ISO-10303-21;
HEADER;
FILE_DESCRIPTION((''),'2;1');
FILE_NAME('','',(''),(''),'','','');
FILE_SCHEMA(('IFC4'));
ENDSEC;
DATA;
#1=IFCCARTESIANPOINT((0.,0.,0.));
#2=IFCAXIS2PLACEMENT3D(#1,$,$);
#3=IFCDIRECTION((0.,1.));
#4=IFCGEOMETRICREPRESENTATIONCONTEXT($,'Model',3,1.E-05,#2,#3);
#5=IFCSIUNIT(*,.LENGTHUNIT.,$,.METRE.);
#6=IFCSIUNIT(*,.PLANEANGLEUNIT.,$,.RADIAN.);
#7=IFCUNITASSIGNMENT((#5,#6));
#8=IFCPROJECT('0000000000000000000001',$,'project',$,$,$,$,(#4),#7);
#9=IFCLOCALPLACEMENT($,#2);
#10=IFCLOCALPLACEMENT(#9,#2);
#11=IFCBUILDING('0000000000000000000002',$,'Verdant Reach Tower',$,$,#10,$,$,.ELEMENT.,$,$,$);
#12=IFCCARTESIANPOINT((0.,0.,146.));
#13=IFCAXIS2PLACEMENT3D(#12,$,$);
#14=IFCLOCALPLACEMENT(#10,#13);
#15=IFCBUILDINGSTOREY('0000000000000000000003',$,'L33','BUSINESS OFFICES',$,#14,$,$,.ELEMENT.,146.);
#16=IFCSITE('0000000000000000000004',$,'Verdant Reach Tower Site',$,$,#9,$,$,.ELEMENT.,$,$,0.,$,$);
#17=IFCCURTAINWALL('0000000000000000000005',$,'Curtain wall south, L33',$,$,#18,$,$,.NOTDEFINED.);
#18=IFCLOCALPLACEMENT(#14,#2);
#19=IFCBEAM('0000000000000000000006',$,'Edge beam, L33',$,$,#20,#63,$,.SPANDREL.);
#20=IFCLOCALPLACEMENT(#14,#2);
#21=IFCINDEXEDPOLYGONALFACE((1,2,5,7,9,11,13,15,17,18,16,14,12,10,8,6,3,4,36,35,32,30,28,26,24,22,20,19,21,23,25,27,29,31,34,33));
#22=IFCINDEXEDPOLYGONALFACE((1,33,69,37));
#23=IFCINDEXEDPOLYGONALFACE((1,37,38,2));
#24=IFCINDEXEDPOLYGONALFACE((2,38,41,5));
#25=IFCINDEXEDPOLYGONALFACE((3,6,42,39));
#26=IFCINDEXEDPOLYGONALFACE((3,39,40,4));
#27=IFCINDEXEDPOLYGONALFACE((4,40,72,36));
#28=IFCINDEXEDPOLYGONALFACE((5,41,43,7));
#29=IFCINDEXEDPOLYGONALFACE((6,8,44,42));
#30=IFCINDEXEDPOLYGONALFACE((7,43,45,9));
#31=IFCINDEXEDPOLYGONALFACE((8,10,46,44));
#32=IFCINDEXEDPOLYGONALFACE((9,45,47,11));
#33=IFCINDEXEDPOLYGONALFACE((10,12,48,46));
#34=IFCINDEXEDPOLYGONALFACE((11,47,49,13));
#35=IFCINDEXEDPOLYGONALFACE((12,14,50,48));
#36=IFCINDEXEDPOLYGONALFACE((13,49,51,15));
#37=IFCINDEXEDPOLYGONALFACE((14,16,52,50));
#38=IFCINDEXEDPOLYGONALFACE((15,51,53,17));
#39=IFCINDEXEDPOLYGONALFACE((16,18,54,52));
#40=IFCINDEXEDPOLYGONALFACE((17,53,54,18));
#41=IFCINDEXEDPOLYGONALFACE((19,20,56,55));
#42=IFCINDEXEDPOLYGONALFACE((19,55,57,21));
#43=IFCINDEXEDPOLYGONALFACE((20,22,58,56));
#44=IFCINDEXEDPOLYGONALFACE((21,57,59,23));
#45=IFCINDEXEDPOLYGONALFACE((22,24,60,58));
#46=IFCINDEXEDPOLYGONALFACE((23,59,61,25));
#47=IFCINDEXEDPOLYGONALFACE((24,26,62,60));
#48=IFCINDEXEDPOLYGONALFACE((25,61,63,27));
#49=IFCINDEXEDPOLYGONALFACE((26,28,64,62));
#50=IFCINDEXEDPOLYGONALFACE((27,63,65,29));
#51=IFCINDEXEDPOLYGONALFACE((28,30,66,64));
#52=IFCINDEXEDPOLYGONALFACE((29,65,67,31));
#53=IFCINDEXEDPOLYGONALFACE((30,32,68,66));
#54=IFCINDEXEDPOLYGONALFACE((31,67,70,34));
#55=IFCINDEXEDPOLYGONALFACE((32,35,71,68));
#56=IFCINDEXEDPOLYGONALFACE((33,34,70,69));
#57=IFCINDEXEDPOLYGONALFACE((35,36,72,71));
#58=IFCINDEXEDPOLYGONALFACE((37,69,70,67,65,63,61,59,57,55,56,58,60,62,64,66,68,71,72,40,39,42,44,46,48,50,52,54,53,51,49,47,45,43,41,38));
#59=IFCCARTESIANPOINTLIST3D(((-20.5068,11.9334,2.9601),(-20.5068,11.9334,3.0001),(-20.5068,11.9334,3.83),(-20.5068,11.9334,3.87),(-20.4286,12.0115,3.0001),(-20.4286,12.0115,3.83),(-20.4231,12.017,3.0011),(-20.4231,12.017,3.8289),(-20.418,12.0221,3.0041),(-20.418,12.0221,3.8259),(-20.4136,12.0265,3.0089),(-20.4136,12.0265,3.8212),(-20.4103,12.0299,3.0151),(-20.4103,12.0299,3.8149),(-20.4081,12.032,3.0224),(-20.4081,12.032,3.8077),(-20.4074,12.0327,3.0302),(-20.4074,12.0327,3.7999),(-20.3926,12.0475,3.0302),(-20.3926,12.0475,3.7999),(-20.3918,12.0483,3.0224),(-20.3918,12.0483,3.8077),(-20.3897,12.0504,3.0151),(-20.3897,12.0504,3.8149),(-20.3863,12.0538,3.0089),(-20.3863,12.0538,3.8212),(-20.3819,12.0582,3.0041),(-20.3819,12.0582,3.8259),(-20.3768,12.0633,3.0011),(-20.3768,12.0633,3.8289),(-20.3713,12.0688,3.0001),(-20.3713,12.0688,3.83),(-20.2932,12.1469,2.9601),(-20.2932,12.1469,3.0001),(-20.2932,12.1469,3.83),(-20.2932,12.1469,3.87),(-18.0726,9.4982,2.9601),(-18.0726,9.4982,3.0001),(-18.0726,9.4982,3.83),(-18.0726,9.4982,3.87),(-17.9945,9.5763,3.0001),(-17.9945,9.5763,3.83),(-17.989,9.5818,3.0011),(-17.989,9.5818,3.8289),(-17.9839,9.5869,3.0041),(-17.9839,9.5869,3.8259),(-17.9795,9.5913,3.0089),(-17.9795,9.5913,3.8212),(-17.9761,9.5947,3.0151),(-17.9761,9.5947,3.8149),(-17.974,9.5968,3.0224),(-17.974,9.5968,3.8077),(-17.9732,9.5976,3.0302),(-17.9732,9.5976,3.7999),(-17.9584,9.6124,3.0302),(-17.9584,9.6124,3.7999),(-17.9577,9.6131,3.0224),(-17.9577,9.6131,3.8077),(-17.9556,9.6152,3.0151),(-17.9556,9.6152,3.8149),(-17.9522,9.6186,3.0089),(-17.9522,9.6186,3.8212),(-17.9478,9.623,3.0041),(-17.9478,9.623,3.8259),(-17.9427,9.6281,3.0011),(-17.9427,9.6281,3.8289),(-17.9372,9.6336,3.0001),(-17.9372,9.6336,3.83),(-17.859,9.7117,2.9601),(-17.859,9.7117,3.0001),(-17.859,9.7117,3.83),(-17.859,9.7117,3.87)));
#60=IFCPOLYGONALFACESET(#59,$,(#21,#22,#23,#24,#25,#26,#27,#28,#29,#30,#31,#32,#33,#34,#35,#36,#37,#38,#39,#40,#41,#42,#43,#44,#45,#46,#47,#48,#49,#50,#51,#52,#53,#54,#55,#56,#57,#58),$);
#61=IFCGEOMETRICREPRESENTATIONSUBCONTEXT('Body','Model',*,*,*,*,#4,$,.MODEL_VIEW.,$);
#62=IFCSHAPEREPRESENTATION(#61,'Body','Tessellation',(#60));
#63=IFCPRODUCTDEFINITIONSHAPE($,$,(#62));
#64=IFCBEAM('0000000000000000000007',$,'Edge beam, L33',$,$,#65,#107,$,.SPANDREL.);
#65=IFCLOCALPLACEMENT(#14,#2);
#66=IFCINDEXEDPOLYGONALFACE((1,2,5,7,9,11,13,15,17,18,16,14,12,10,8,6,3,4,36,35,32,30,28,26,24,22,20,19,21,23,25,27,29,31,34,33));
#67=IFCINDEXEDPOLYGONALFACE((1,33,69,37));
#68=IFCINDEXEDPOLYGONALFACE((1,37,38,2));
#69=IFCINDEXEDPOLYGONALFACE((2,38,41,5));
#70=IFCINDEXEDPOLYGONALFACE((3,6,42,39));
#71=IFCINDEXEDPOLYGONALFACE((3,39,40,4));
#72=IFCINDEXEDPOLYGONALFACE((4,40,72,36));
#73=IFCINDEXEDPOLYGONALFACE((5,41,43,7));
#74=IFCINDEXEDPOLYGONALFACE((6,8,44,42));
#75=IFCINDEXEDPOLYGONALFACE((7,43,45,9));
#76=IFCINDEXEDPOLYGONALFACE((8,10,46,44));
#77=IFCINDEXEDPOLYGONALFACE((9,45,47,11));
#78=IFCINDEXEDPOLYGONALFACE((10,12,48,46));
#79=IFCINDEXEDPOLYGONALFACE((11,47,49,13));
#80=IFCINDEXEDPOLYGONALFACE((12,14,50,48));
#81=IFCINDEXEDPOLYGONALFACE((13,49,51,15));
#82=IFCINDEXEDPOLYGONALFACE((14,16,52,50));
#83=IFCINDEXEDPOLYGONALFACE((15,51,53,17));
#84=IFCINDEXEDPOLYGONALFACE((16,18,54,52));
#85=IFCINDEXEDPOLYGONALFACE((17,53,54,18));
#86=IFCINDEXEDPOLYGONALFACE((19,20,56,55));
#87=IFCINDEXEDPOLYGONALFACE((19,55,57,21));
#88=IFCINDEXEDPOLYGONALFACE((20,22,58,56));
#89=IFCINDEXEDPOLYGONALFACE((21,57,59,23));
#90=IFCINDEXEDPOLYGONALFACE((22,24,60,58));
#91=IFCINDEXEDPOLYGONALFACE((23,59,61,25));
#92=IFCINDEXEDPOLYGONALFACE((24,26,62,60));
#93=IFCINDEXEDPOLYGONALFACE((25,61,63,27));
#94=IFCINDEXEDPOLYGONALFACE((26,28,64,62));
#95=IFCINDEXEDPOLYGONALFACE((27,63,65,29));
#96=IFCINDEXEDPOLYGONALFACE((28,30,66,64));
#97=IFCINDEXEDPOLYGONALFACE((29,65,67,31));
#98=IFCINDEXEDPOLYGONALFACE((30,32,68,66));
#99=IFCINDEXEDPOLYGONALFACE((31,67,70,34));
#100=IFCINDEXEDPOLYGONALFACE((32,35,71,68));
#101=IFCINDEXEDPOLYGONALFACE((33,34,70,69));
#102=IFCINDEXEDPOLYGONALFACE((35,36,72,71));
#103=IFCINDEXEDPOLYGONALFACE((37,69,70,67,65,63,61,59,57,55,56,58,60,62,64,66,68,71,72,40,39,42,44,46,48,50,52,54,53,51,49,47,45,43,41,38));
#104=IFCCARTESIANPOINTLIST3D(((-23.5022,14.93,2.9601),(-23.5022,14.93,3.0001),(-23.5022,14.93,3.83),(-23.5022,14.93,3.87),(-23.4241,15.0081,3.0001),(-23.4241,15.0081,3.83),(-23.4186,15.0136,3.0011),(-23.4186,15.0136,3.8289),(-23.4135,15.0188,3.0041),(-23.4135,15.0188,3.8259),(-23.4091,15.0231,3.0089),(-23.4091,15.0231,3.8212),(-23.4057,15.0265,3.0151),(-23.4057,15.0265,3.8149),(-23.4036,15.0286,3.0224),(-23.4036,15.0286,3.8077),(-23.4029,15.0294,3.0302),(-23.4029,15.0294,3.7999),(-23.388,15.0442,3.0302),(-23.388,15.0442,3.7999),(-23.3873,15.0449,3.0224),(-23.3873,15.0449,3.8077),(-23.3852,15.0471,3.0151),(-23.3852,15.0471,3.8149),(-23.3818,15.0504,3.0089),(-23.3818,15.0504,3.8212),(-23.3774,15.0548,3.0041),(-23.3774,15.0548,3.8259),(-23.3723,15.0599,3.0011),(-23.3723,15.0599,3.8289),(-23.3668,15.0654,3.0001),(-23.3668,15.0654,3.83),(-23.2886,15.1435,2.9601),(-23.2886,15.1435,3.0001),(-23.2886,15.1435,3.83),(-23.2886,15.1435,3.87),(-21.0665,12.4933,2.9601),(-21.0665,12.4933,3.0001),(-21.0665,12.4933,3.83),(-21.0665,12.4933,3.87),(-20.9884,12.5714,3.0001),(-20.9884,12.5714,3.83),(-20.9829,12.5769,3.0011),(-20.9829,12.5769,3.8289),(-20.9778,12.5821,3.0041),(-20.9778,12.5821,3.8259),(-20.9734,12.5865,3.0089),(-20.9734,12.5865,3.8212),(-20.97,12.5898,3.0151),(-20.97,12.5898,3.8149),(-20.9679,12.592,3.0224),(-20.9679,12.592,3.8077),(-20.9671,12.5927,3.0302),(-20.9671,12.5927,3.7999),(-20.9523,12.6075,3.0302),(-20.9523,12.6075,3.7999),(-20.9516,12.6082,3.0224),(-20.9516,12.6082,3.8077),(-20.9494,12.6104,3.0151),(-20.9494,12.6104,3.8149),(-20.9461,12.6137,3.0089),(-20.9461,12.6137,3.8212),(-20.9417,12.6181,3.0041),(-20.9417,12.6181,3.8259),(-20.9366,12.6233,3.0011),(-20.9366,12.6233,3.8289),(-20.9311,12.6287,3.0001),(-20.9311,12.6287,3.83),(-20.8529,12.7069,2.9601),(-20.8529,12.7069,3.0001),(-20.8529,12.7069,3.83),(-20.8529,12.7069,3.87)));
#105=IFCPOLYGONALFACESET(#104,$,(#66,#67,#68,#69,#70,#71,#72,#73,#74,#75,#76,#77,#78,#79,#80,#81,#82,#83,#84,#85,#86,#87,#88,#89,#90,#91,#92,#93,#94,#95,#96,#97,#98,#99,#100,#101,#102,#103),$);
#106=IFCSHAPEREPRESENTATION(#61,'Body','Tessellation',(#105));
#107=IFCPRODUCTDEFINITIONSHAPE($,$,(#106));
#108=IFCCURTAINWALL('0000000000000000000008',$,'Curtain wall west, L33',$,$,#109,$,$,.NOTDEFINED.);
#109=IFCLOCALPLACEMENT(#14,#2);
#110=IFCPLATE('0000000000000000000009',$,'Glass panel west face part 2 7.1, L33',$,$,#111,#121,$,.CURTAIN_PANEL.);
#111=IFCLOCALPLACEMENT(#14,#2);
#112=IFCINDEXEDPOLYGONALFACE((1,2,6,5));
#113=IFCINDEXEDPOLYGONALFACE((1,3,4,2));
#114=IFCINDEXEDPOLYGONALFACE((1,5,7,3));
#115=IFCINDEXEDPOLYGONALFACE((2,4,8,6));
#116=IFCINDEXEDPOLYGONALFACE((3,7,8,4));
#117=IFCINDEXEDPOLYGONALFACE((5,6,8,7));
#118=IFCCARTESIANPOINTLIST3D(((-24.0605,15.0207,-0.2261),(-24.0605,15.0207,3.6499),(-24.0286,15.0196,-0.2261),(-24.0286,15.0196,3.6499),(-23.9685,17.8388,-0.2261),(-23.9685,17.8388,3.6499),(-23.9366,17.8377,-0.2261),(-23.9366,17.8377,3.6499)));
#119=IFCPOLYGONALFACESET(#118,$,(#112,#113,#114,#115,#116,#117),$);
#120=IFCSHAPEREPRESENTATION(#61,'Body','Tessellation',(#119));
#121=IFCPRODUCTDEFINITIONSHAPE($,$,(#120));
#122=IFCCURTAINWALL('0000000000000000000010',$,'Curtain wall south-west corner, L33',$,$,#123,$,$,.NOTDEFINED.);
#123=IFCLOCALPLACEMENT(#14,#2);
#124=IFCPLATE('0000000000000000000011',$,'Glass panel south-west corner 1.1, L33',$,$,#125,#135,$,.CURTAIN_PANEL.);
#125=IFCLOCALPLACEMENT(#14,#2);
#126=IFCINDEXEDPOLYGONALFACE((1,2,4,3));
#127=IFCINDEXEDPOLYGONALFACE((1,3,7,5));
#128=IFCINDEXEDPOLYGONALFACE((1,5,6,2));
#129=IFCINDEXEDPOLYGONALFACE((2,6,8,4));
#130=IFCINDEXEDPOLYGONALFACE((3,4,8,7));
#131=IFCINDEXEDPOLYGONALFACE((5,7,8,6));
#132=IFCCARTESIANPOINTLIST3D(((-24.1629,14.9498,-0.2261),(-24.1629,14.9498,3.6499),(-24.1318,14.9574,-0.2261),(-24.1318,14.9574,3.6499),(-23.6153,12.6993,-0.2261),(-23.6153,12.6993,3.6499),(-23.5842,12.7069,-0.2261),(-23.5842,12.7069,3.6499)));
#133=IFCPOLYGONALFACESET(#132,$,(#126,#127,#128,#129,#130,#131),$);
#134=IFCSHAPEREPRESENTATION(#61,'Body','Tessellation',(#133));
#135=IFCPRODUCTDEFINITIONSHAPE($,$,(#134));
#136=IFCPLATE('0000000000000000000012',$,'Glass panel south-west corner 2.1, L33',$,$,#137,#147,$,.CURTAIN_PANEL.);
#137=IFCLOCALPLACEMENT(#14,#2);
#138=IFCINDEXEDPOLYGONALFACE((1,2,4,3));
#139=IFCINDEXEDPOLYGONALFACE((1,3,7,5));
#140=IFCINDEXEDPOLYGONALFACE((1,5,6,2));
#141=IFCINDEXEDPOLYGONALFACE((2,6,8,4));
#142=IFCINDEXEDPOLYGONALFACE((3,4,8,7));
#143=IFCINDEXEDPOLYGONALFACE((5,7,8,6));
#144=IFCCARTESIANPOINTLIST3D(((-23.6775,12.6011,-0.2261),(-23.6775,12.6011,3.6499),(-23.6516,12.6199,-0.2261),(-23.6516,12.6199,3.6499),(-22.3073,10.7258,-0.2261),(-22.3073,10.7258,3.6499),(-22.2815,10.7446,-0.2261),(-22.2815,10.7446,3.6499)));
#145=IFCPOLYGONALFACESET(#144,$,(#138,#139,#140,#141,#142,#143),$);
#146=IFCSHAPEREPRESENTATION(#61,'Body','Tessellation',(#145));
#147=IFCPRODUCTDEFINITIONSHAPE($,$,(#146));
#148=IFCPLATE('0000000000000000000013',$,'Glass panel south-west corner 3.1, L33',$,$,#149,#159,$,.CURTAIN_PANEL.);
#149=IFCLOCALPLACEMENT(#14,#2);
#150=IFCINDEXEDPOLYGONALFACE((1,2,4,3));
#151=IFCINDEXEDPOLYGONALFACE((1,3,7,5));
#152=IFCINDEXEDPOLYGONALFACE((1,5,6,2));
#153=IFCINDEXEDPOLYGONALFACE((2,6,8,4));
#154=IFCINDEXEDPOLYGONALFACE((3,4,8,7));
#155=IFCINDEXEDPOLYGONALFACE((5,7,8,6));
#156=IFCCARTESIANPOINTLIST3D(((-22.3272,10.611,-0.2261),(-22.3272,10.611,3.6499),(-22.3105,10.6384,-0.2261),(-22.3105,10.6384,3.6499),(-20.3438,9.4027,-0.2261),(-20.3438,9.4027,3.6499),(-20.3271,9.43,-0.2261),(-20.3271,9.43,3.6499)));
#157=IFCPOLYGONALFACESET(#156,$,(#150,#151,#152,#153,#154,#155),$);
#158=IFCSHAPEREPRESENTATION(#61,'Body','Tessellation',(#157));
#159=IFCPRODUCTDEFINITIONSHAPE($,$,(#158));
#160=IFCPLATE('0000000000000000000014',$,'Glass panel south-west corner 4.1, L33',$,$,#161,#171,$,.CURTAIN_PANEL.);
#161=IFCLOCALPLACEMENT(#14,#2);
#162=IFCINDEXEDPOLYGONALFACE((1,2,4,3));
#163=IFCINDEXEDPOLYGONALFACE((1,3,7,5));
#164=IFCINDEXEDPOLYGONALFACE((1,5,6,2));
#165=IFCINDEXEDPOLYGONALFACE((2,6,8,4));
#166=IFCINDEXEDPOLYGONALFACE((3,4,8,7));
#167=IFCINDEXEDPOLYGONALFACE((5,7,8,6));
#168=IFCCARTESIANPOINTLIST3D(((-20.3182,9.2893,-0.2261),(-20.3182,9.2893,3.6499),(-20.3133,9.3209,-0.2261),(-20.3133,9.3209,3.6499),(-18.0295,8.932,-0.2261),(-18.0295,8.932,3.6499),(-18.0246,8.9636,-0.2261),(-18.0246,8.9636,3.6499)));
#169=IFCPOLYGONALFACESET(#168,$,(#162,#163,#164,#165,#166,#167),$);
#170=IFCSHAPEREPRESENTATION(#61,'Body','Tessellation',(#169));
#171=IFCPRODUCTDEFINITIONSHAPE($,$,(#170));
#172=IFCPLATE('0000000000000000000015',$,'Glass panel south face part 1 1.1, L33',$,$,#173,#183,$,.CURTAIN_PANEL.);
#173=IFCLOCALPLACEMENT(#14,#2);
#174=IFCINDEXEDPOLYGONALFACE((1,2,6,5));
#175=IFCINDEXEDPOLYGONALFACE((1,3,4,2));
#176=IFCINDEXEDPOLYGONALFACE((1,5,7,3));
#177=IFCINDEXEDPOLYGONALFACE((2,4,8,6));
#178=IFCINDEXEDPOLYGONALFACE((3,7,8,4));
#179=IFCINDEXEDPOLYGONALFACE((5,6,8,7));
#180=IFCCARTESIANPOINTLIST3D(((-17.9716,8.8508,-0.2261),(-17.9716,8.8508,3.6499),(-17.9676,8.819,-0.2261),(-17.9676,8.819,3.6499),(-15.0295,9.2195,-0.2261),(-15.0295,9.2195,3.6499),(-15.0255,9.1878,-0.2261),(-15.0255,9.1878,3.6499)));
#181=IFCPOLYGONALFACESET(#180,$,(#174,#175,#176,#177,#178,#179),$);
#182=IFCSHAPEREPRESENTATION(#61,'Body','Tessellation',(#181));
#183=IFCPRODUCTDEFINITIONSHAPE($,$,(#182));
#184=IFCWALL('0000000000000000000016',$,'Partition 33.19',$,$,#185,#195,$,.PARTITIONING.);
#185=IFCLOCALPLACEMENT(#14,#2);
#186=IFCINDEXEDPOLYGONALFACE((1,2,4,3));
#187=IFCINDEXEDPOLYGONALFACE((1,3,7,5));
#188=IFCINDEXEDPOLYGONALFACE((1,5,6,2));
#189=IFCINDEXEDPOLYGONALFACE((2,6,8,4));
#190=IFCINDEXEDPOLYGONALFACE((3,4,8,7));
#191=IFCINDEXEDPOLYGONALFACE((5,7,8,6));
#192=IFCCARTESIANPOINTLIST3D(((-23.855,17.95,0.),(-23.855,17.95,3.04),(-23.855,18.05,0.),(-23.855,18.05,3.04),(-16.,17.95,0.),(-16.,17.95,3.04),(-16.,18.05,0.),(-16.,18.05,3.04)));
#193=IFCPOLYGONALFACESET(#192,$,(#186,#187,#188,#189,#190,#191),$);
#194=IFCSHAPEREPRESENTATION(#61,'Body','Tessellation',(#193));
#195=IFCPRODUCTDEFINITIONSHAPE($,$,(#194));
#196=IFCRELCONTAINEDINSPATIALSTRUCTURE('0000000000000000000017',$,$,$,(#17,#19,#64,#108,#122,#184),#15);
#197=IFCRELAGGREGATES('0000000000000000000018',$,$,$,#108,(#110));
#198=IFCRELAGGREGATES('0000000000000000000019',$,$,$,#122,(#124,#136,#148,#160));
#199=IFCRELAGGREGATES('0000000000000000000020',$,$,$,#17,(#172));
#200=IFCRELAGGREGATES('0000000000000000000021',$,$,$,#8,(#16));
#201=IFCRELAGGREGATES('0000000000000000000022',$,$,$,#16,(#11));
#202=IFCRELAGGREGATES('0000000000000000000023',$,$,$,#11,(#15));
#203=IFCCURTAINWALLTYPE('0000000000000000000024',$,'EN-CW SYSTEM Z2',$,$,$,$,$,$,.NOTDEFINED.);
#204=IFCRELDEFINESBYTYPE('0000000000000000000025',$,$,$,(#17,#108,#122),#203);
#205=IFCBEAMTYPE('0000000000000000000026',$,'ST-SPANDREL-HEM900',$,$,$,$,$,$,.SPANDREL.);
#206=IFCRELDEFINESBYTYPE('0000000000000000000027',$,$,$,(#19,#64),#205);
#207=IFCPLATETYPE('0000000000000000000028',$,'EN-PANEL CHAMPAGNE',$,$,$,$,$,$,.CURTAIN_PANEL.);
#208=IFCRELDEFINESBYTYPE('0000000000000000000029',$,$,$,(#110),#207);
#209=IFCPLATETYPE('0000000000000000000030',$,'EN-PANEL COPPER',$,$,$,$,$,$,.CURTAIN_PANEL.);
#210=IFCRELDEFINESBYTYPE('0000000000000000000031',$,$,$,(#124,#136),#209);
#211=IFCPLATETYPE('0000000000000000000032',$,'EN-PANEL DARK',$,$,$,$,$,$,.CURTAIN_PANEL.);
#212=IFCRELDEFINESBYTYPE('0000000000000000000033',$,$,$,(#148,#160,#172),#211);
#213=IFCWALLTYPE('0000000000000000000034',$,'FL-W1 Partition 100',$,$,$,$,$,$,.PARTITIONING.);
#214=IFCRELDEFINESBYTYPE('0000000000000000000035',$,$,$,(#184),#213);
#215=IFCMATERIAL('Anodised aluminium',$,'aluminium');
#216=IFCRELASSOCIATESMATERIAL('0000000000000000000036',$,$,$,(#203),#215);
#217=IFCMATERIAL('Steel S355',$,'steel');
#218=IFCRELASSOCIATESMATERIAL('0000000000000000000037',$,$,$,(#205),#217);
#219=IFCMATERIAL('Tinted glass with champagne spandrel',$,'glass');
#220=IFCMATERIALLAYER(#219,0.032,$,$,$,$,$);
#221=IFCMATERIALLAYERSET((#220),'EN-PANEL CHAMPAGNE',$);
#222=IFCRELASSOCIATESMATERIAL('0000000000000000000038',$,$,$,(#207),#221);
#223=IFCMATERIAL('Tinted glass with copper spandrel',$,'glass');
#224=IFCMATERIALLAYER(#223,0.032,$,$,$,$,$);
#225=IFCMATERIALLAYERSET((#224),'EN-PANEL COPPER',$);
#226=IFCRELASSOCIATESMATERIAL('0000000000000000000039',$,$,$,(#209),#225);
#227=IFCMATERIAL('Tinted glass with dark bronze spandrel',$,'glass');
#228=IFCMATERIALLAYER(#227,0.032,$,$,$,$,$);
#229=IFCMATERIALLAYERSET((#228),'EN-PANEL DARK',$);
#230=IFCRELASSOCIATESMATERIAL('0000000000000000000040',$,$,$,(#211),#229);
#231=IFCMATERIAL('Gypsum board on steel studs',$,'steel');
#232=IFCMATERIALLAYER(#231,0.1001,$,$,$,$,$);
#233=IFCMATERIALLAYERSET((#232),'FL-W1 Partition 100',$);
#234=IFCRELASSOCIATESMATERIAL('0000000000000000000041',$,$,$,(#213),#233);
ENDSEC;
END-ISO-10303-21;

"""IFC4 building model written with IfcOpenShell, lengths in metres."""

from ifc_helpers import new_model, si_unit, direction, frame, frame_2d, origin, origin_2d, place, context, subcontext, project, spatial, rectangle, i_section, extrude, material, layer, layer_set, material_profile, profile_set, type_object, element, aggregate, save


model = new_model("IFC4")

# Units and contexts
model_context = context("Model", 3, precision=1e-05, world=origin(), true_north=direction((0.0, 1.0)))
body_context = subcontext(model_context, "Body", "Model", "MODEL_VIEW")
ifc_project = project(units=[si_unit("LENGTHUNIT", "METRE"), si_unit("PLANEANGLEUNIT", "RADIAN")], contexts=[model_context])

# Site, building, storey
site_placement = place(None, origin())
site = spatial("IfcSite", under=ifc_project, at=site_placement, Name="Verdant Reach Tower Site", CompositionType="ELEMENT", RefElevation=0.0)
building_placement = place(site_placement, origin())
building = spatial("IfcBuilding", under=site, at=building_placement, Name="Verdant Reach Tower", CompositionType="ELEMENT")
storey_placement = place(building_placement, frame((0.0, 0.0, 146.0)))
storey = spatial("IfcBuildingStorey", under=building, at=storey_placement, Name="L33", Description="BUSINESS OFFICES", CompositionType="ELEMENT", Elevation=146.0)

# Curtain wall
ifc_material_1 = material(Name="Anodised aluminium", Category="aluminium")
curtain_wall_type = type_object("IfcCurtainWallType", Name="EN-CW SYSTEM Z2", PredefinedType="NOTDEFINED", material=ifc_material_1)
curtain_wall_1_placement = place(storey_placement, origin())
curtain_wall_1 = element("IfcCurtainWall", 1, at=curtain_wall_1_placement, inside=storey, type_object=curtain_wall_type, Name="Curtain wall south, L33", PredefinedType="NOTDEFINED")

# Beams
ifc_material_2 = material(Name="Steel S355", Category="steel")
ifc_material_profile_1 = material_profile(ifc_material_2, i_section(OverallWidth=0.302, OverallDepth=0.9099, WebThickness=0.021, FlangeThickness=0.04, FilletRadius=0.03, at=origin_2d()), Name="HEM 900")
ifc_profile_set_1 = profile_set([ifc_material_profile_1], Name="Steel S355")
beam_type_1 = type_object("IfcBeamType", Name="ST-SPANDREL-HEM900", PredefinedType="SPANDREL", material=ifc_profile_set_1)
beam_1_placement = place(storey_placement, frame((-17.9658, 9.605, 3.415), z_axis=(-0.706965, 0.707249, 0.0), x_axis=(-0.707249, -0.706965, 0.0)))
element("IfcBeam", 2, at=beam_1_placement, inside=storey, type_object=beam_type_1, Name="Edge beam, L33", PredefinedType="SPANDREL", context=body_context, shape_type="SweptSolid", body=[
    extrude(i_section(OverallWidth=0.302, OverallDepth=0.9099, WebThickness=0.021, FlangeThickness=0.04, FilletRadius=0.03, at=origin_2d()), origin(), (0.0, 0.0, 1.0), 3.4431),
])
beam_2_placement = place(storey_placement, frame((-20.9597, 12.6001, 3.415), z_axis=(-0.706965, 0.707248, 0.0), x_axis=(-0.707248, -0.706965, 0.0)))
element("IfcBeam", 3, at=beam_2_placement, inside=storey, type_object=beam_type_1, Name="Edge beam, L33", PredefinedType="SPANDREL", context=body_context, shape_type="SweptSolid", body=[
    extrude(i_section(OverallWidth=0.302, OverallDepth=0.9099, WebThickness=0.021, FlangeThickness=0.04, FilletRadius=0.03, at=origin_2d()), origin(), (0.0, 0.0, 1.0), 3.4453),
])

# Curtain wall, plate
curtain_wall_2_placement = place(storey_placement, origin())
curtain_wall_2 = element("IfcCurtainWall", 4, at=curtain_wall_2_placement, inside=storey, type_object=curtain_wall_type, Name="Curtain wall west, L33", PredefinedType="NOTDEFINED")
ifc_material_3 = material(Name="Tinted glass with champagne spandrel", Category="glass")
ifc_layer_1 = layer(ifc_material_3, 0.032)
ifc_layer_set_1 = layer_set([ifc_layer_1], Name="EN-PANEL CHAMPAGNE")
plate_type_1 = type_object("IfcPlateType", Name="EN-PANEL CHAMPAGNE", PredefinedType="CURTAIN_PANEL", material=ifc_layer_set_1)
plate_1_placement = place(storey_placement, frame((-23.9985, 16.4292, -0.2261), z_axis=(0.0, 0.0, 1.0), x_axis=(-0.032628, -0.999468, 0.0)))
plate_1 = element("IfcPlate", 5, at=plate_1_placement, type_object=plate_type_1, Name="Glass panel west face part 2 7.1, L33", PredefinedType="CURTAIN_PANEL", context=body_context, shape_type="SweptSolid", body=[
    extrude(rectangle(XDim=2.8196, YDim=0.032, at=origin_2d()), origin(), (0.0, 0.0, 1.0), 3.876),
])
aggregate(curtain_wall_2, [plate_1])

# Curtain wall, plates
curtain_wall_3_placement = place(storey_placement, origin())
curtain_wall_3 = element("IfcCurtainWall", 6, at=curtain_wall_3_placement, inside=storey, type_object=curtain_wall_type, Name="Curtain wall south-west corner, L33", PredefinedType="NOTDEFINED")
ifc_material_4 = material(Name="Tinted glass with copper spandrel", Category="glass")
ifc_layer_2 = layer(ifc_material_4, 0.032)
ifc_layer_set_2 = layer_set([ifc_layer_2], Name="EN-PANEL COPPER")
plate_type_2 = type_object("IfcPlateType", Name="EN-PANEL COPPER", PredefinedType="CURTAIN_PANEL", material=ifc_layer_set_2)
plate_2_placement = place(storey_placement, frame((-23.8735, 13.8284, -0.2261), z_axis=(0.0, 0.0, 1.0), x_axis=(0.236416, -0.971652, 0.0)))
plate_2 = element("IfcPlate", 7, at=plate_2_placement, type_object=plate_type_2, Name="Glass panel south-west corner 1.1, L33", PredefinedType="CURTAIN_PANEL", context=body_context, shape_type="SweptSolid", body=[
    extrude(rectangle(XDim=2.3162, YDim=0.032, at=origin_2d()), origin(), (0.0, 0.0, 1.0), 3.876),
])
plate_3_placement = place(storey_placement, frame((-22.9795, 11.6729, -0.2261), z_axis=(0.0, 0.0, 1.0), x_axis=(0.589927, -0.807457, 0.0)))
plate_3 = element("IfcPlate", 8, at=plate_3_placement, type_object=plate_type_2, Name="Glass panel south-west corner 2.1, L33", PredefinedType="CURTAIN_PANEL", context=body_context, shape_type="SweptSolid", body=[
    extrude(rectangle(XDim=2.3225, YDim=0.032, at=origin_2d()), origin(), (0.0, 0.0, 1.0), 3.876),
])
ifc_material_5 = material(Name="Tinted glass with dark bronze spandrel", Category="glass")
ifc_layer_3 = layer(ifc_material_5, 0.032)
ifc_layer_set_3 = layer_set([ifc_layer_3], Name="EN-PANEL DARK")
plate_type_3 = type_object("IfcPlateType", Name="EN-PANEL DARK", PredefinedType="CURTAIN_PANEL", material=ifc_layer_set_3)
plate_4_placement = place(storey_placement, frame((-21.3271, 10.0205, -0.2261), z_axis=(0.0, 0.0, 1.0), x_axis=(0.853989, -0.520292, 0.0)))
plate_4 = element("IfcPlate", 9, at=plate_4_placement, type_object=plate_type_3, Name="Glass panel south-west corner 3.1, L33", PredefinedType="CURTAIN_PANEL", context=body_context, shape_type="SweptSolid", body=[
    extrude(rectangle(XDim=2.3225, YDim=0.032, at=origin_2d()), origin(), (0.0, 0.0, 1.0), 3.876),
])
plate_5_placement = place(storey_placement, frame((-19.1714, 9.1265, -0.2261), z_axis=(0.0, 0.0, 1.0), x_axis=(0.988031, -0.154256, 0.0)))
plate_5 = element("IfcPlate", 10, at=plate_5_placement, type_object=plate_type_3, Name="Glass panel south-west corner 4.1, L33", PredefinedType="CURTAIN_PANEL", context=body_context, shape_type="SweptSolid", body=[
    extrude(rectangle(XDim=2.3164, YDim=0.032, at=origin_2d()), origin(), (0.0, 0.0, 1.0), 3.876),
])
aggregate(curtain_wall_3, [plate_2, plate_3, plate_4, plate_5])

# Plate
plate_6_placement = place(storey_placement, frame((-16.4985, 9.0193, -0.2261), z_axis=(0.0, 0.0, 1.0), x_axis=(0.992237, 0.124365, 0.0)))
plate_6 = element("IfcPlate", 11, at=plate_6_placement, type_object=plate_type_3, Name="Glass panel south face part 1 1.1, L33", PredefinedType="CURTAIN_PANEL", context=body_context, shape_type="SweptSolid", body=[
    extrude(rectangle(XDim=2.9651, YDim=0.032, at=origin_2d()), origin(), (0.0, 0.0, 1.0), 3.876),
])
aggregate(curtain_wall_1, [plate_6])

# Wall
ifc_material_6 = material(Name="Gypsum board on steel studs", Category="steel")
ifc_layer_4 = layer(ifc_material_6, 0.1001)
ifc_layer_set_4 = layer_set([ifc_layer_4], Name="FL-W1 Partition 100")
wall_type_1 = type_object("IfcWallType", Name="FL-W1 Partition 100", PredefinedType="PARTITIONING", material=ifc_layer_set_4)
wall_1_placement = place(storey_placement, frame((-16.0, 18.0, 0.0), z_axis=(0.0, 0.0, 1.0), x_axis=(-1.0, 0.0, 0.0)))
element("IfcWall", 12, at=wall_1_placement, inside=storey, type_object=wall_type_1, Name="Partition 33.19", PredefinedType="PARTITIONING", context=body_context, shape_type="SweptSolid", body=[
    extrude(rectangle(XDim=7.855, YDim=0.1001, at=frame_2d((3.9275, 0.0))), origin(), (0.0, 0.0, 1.0), 3.04),
])

save(model, "model.ifc")
